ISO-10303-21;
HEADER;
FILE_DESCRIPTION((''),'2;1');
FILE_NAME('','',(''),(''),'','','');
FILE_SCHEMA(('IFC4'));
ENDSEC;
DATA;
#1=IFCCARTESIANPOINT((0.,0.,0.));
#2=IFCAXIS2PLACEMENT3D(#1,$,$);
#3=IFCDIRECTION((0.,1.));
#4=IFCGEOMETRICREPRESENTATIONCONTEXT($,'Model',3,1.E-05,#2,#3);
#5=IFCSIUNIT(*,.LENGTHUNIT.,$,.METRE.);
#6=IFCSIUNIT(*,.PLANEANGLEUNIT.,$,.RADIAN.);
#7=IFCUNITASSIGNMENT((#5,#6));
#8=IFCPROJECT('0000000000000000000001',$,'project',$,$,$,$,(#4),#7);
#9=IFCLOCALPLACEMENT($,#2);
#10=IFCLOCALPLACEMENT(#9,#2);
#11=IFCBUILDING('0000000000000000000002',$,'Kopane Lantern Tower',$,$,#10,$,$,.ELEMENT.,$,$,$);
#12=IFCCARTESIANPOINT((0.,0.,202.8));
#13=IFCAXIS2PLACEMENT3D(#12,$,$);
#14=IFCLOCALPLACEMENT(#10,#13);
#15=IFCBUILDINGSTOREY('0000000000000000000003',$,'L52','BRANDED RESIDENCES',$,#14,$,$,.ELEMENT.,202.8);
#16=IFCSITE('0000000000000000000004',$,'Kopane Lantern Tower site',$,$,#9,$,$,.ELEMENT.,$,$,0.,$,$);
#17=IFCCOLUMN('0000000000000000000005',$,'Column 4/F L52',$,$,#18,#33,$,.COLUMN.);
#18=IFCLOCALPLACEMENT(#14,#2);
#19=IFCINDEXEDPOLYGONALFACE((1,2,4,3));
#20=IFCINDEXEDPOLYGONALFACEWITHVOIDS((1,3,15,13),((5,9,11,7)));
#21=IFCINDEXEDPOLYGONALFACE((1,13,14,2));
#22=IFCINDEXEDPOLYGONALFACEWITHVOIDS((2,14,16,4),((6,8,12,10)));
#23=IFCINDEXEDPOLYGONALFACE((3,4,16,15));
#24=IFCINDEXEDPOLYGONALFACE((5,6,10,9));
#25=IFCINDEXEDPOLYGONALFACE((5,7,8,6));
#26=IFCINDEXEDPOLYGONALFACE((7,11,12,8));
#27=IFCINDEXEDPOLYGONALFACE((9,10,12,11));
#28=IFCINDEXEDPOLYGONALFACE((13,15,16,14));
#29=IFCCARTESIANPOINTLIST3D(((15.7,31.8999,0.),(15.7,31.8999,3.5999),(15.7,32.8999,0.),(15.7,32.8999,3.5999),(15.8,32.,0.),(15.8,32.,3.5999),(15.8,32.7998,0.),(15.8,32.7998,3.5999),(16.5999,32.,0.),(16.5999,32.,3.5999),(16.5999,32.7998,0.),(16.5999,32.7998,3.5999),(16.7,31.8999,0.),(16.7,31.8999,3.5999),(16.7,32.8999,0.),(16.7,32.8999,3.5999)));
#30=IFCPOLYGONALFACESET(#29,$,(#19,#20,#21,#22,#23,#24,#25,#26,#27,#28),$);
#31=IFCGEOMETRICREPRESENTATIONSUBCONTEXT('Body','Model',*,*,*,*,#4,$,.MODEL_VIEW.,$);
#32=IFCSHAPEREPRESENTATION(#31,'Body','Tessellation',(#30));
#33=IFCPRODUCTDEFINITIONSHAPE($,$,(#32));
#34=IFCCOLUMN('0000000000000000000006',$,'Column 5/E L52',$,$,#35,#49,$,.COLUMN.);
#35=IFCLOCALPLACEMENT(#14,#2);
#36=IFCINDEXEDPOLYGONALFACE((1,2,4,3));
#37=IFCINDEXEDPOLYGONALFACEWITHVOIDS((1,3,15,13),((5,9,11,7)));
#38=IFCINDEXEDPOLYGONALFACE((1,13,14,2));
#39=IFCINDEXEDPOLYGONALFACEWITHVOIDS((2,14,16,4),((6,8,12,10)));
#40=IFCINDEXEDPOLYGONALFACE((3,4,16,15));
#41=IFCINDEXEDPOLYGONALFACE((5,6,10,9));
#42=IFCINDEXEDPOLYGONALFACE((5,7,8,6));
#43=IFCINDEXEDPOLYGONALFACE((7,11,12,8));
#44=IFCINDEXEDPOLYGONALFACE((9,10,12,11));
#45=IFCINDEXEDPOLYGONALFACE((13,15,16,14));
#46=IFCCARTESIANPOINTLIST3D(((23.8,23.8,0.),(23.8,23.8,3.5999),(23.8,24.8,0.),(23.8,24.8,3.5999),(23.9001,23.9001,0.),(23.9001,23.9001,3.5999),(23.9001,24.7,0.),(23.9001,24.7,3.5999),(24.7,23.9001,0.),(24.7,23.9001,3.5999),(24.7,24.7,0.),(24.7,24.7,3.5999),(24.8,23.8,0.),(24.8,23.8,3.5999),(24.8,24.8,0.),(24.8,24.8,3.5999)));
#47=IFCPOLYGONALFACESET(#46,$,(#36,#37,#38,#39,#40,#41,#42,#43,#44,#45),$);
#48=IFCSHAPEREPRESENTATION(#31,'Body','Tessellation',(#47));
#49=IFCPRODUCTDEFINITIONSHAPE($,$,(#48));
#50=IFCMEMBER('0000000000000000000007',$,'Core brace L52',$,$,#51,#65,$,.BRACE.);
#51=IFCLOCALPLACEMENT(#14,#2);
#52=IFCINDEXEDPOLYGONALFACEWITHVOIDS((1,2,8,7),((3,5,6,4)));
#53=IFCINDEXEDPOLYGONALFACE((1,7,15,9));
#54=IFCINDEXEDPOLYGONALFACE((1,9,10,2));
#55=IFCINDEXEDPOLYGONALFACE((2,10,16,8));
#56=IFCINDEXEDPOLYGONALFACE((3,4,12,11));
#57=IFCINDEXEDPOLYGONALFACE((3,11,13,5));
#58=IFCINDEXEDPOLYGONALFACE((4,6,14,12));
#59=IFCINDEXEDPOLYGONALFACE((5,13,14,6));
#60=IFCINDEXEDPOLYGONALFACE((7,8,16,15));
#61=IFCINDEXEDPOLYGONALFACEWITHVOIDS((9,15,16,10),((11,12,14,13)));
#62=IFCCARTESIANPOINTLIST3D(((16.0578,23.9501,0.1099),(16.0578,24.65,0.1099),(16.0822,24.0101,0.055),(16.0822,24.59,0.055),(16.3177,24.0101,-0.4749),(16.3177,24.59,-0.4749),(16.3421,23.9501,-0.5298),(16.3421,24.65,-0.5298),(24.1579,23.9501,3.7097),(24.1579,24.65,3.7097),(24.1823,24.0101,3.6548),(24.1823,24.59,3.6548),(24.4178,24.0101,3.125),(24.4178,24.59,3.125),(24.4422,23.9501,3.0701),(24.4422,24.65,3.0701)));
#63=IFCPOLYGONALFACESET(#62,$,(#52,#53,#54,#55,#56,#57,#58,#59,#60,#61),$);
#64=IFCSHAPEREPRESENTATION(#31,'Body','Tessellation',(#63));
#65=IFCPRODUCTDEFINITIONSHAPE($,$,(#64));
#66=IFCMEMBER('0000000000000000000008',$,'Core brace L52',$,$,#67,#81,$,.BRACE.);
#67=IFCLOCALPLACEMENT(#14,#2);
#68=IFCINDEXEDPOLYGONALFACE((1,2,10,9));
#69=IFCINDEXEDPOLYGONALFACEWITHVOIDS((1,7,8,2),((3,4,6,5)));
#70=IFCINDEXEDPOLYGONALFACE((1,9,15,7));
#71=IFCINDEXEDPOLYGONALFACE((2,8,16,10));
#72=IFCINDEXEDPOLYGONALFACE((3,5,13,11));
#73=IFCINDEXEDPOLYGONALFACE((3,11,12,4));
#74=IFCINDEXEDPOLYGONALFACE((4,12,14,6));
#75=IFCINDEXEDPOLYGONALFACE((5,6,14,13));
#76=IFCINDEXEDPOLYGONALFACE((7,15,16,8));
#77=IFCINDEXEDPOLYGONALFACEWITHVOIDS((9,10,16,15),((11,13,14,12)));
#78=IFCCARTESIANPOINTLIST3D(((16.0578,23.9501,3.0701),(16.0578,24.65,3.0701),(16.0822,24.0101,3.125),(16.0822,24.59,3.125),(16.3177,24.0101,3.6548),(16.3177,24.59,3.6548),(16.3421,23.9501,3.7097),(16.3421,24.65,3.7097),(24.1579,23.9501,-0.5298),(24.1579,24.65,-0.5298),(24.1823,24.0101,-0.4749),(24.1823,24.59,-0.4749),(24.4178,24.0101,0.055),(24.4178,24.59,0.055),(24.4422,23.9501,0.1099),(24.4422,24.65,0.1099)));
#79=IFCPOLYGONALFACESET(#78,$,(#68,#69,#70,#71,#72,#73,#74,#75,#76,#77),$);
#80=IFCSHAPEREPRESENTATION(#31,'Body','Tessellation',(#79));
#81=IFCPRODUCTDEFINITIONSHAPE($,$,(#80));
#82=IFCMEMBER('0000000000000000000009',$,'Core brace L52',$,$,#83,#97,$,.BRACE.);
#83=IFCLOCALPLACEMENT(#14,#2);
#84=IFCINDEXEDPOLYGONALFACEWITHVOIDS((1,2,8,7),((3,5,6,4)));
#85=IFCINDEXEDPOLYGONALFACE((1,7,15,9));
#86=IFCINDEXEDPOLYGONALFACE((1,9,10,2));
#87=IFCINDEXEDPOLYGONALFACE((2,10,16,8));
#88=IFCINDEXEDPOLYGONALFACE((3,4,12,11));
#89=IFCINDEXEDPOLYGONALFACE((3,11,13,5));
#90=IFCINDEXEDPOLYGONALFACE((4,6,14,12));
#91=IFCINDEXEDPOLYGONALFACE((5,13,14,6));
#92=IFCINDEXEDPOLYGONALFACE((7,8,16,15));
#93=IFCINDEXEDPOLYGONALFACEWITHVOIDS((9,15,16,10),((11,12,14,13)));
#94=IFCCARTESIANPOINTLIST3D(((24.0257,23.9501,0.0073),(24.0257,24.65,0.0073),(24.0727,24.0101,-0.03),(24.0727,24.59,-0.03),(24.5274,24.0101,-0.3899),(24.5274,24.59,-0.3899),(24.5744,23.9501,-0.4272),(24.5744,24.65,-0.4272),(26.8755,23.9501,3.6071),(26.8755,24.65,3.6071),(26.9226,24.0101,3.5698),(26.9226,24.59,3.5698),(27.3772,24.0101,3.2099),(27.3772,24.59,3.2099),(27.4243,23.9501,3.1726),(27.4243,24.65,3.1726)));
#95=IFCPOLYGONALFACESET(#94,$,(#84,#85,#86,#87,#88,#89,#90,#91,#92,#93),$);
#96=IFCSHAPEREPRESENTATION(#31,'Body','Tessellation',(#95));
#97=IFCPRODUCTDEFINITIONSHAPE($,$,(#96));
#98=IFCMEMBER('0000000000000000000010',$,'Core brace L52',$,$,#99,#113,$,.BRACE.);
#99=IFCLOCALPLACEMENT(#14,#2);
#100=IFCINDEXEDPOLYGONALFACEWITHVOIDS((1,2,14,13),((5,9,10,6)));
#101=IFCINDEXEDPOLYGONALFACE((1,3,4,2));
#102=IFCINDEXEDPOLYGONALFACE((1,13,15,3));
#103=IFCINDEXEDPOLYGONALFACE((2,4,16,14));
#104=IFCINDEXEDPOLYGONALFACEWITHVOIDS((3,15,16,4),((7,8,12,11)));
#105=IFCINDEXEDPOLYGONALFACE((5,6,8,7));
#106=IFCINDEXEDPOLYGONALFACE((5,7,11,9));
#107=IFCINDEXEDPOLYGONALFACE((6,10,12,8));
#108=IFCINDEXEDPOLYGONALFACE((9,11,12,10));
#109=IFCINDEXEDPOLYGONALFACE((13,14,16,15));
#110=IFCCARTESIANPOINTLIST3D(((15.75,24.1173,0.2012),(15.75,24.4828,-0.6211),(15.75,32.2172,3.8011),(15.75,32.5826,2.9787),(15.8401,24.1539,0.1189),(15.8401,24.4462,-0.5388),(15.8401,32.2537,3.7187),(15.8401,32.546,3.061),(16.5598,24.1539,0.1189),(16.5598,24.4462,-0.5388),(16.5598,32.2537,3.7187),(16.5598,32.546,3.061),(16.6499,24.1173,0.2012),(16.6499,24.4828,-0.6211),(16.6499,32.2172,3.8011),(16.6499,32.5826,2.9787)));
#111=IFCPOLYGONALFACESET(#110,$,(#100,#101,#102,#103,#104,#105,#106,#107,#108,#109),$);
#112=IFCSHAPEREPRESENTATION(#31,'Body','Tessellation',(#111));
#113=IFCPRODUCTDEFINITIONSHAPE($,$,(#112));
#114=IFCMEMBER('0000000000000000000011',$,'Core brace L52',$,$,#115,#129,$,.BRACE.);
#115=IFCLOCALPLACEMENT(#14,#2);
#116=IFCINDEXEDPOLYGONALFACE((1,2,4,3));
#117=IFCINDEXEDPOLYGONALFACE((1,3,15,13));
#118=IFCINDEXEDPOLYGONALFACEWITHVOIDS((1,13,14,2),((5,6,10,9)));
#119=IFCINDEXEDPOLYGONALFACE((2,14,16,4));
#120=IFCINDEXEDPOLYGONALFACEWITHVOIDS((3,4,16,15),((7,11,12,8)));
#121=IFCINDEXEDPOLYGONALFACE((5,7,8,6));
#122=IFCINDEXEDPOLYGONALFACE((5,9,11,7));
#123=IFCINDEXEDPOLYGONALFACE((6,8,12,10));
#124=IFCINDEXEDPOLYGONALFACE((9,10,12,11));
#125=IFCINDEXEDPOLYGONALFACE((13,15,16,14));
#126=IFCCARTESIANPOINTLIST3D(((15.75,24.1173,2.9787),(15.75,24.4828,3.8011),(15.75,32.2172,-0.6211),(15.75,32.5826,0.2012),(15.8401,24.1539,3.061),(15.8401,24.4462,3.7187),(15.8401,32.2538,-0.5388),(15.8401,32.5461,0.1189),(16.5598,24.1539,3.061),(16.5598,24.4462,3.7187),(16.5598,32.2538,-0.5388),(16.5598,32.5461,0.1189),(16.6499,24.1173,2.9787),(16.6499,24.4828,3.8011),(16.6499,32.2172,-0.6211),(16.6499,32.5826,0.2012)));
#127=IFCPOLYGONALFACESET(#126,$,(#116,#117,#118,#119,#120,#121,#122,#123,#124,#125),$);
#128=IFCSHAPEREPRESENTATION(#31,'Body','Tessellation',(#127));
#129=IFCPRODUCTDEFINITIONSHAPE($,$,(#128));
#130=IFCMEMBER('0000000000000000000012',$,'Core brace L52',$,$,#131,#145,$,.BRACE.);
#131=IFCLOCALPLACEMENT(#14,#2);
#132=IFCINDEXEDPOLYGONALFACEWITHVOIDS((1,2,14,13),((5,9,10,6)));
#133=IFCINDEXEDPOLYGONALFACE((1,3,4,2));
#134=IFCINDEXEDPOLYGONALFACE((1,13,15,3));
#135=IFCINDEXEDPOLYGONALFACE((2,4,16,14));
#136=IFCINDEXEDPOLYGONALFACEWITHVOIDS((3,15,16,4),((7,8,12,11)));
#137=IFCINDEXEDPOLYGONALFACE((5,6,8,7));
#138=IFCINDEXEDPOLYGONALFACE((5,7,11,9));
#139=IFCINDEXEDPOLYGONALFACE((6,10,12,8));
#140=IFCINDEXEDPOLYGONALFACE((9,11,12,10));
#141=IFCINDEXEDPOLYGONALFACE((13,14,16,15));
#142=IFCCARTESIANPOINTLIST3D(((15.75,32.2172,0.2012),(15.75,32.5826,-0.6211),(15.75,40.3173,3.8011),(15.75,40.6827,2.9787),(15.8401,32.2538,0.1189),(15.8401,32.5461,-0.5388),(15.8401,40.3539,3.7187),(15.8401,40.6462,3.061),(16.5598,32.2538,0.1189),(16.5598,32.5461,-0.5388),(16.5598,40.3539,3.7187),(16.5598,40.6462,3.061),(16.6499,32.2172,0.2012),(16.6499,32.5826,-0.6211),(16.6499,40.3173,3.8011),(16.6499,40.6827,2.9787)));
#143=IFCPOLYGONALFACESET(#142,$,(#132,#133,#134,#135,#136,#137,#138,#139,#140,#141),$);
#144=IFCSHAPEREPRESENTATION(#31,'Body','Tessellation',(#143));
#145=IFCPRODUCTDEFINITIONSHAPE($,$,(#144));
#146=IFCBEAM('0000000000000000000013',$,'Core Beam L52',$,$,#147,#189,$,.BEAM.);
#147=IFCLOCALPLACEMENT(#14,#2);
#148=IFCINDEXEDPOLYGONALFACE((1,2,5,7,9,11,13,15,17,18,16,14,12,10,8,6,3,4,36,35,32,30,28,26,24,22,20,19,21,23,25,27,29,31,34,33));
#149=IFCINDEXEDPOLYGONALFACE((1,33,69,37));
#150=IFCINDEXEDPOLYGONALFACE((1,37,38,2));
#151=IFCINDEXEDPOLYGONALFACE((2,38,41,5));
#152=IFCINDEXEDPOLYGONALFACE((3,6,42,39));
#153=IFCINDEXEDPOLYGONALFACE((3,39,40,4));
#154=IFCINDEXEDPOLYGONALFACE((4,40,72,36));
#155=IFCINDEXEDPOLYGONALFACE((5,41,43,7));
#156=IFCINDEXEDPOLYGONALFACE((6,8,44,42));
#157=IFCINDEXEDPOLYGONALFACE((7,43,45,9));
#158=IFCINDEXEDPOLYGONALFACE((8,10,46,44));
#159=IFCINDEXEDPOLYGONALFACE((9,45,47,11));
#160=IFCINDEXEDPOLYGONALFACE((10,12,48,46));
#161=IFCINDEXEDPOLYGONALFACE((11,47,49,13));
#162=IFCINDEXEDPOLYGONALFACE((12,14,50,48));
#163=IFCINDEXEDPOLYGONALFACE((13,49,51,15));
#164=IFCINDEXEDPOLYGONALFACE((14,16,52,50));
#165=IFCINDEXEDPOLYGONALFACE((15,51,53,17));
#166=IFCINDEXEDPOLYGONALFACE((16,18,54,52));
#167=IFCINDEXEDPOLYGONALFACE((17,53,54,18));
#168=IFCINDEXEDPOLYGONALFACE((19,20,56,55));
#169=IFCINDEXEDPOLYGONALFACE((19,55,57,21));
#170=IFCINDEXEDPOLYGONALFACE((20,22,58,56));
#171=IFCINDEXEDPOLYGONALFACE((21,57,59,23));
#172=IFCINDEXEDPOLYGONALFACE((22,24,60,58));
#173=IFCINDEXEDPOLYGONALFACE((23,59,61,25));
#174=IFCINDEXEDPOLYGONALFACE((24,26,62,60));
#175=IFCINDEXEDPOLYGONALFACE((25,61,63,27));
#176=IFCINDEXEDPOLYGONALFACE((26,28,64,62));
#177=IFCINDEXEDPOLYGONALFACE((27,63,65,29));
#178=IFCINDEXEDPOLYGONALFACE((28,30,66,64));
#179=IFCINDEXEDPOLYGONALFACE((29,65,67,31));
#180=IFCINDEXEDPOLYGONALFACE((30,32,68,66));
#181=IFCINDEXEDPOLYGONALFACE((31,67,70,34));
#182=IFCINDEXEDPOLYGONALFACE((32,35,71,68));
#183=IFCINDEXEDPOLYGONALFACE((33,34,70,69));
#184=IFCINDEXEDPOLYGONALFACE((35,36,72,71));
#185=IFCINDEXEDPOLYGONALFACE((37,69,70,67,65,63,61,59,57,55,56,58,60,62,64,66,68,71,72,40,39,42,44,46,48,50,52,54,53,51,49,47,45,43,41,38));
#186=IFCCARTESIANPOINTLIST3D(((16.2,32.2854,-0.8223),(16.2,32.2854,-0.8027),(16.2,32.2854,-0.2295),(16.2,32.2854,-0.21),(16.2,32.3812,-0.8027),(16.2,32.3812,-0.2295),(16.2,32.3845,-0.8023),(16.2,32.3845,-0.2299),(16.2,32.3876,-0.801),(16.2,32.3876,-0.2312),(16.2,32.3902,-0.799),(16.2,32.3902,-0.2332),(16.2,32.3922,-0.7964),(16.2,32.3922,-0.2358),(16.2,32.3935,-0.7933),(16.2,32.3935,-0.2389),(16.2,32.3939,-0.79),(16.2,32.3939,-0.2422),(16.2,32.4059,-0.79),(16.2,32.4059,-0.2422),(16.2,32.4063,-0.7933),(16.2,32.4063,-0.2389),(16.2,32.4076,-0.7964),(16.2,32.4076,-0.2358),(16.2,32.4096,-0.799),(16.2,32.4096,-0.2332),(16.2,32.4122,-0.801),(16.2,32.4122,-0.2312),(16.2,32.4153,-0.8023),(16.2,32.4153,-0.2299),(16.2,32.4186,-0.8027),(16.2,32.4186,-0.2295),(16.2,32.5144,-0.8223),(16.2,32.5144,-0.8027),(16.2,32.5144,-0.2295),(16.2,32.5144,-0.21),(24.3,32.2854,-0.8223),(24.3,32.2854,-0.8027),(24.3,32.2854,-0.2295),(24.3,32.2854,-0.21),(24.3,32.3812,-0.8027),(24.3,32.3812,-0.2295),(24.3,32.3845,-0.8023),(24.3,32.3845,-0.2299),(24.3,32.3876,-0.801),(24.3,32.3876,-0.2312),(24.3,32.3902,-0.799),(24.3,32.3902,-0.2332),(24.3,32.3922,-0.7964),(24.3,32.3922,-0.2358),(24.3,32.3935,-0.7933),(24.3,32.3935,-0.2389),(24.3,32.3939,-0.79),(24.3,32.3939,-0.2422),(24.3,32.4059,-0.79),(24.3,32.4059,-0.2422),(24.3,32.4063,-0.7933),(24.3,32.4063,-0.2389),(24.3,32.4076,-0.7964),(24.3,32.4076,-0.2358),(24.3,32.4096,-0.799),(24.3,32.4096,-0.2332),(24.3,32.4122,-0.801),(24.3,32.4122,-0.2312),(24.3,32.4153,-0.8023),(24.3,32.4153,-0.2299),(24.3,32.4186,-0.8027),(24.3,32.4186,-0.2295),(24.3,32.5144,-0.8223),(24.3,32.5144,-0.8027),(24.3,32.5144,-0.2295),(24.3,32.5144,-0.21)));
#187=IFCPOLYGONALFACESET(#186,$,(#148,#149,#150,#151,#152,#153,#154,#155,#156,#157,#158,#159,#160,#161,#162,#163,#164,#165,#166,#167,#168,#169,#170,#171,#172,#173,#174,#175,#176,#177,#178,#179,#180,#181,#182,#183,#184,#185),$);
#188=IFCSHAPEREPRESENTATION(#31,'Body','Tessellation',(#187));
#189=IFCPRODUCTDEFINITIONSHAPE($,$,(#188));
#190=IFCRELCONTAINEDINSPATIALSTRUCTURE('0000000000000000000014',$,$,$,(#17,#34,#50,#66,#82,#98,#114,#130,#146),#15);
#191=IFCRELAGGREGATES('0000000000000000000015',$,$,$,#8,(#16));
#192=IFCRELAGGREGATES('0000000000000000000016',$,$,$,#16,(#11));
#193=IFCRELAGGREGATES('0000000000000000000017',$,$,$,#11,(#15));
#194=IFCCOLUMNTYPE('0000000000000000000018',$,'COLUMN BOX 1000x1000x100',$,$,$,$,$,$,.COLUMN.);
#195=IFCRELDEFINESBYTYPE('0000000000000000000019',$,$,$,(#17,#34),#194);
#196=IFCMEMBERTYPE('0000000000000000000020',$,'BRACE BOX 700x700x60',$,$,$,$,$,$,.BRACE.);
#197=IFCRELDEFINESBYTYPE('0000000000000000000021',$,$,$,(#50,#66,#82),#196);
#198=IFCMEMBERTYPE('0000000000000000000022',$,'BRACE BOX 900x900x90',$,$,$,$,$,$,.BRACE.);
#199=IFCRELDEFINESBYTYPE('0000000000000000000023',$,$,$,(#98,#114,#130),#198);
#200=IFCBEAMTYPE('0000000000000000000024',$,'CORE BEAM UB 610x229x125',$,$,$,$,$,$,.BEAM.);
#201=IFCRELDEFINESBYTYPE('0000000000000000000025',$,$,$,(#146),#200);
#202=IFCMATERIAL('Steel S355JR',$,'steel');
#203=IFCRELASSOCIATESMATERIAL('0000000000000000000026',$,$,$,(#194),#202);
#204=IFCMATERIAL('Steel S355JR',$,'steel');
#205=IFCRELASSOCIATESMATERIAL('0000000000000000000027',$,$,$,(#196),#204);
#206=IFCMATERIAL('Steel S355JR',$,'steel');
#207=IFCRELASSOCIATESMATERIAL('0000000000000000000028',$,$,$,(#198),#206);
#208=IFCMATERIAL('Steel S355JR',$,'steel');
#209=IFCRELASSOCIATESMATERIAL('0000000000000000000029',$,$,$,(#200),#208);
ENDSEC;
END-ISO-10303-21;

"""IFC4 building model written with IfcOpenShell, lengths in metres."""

from ifc_helpers import new_model, si_unit, direction, frame, origin, origin_2d, place, context, subcontext, project, spatial, hollow_rectangle, i_section, extrude, material, material_profile, profile_set, type_object, element, save


model = new_model("IFC4")

# Units and contexts
model_context = context("Model", 3, precision=1e-05, world=origin(), true_north=direction((0.0, 1.0)))
body_context = subcontext(model_context, "Body", "Model", "MODEL_VIEW")
ifc_project = project(units=[si_unit("LENGTHUNIT", "METRE"), si_unit("PLANEANGLEUNIT", "RADIAN")], contexts=[model_context])

# Site, building, storey
site_placement = place(None, origin())
site = spatial("IfcSite", under=ifc_project, at=site_placement, Name="Kopane Lantern Tower site", CompositionType="ELEMENT", RefElevation=0.0)
building_placement = place(site_placement, origin())
building = spatial("IfcBuilding", under=site, at=building_placement, Name="Kopane Lantern Tower", CompositionType="ELEMENT")
storey_placement = place(building_placement, frame((0.0, 0.0, 202.8)))
storey = spatial("IfcBuildingStorey", under=building, at=storey_placement, Name="L52", Description="BRANDED RESIDENCES", CompositionType="ELEMENT", Elevation=202.8)

# Columns
ifc_material_1 = material(Name="Steel S355JR", Category="steel")
ifc_material_profile_1 = material_profile(ifc_material_1, hollow_rectangle(XDim=1.0, YDim=1.0, WallThickness=0.1001, at=origin_2d()), Name="BOX 1000x1000x100")
ifc_profile_set_1 = profile_set([ifc_material_profile_1], Name="Steel S355JR")
column_type = type_object("IfcColumnType", Name="COLUMN BOX 1000x1000x100", PredefinedType="COLUMN", material=ifc_profile_set_1)
for number, where, z_axis, x_axis, name in (
    (1, (16.2, 32.3999, 0.0), (0.0, 0.0, 1.0), (1.0, 0.0, 0.0), "Column 4/F L52"),
    (2, (24.3, 24.3, 0.0), (0.0, 0.0, 1.0), (1.0, 0.0, 0.0), "Column 5/E L52"),
):
    element("IfcColumn", number, at=place(storey_placement, frame(where, z_axis=z_axis, x_axis=x_axis)), inside=storey, type_object=column_type, Name=name, PredefinedType="COLUMN", context=body_context, shape_type="SweptSolid", body=[
        extrude(hollow_rectangle(XDim=1.0, YDim=1.0, WallThickness=0.1001, at=origin_2d()), origin(), (0.0, 0.0, 1.0), 3.5999),
    ])

# Members
ifc_material_2 = material(Name="Steel S355JR", Category="steel")
ifc_material_profile_2 = material_profile(ifc_material_2, hollow_rectangle(XDim=0.7, YDim=0.7, WallThickness=0.0601, at=origin_2d()), Name="BOX 700x700x60")
ifc_profile_set_2 = profile_set([ifc_material_profile_2], Name="Steel S355JR")
member_type_1 = type_object("IfcMemberType", Name="BRACE BOX 700x700x60", PredefinedType="BRACE", material=ifc_profile_set_2)
for number, where, z_axis, x_axis, name in (
    (3, (16.2, 24.3, -0.21), (0.913819, 0.0, 0.406121), (0.0, 1.0, 0.0), "Core brace L52"),
    (4, (24.3, 24.3, -0.21), (-0.913819, 0.0, 0.406121), (0.0, -1.0, 0.0), "Core brace L52"),
):
    element("IfcMember", number, at=place(storey_placement, frame(where, z_axis=z_axis, x_axis=x_axis)), inside=storey, type_object=member_type_1, Name=name, PredefinedType="BRACE", context=body_context, shape_type="SweptSolid", body=[
        extrude(hollow_rectangle(XDim=0.7, YDim=0.7, WallThickness=0.0601, at=origin_2d()), origin(), (0.0, 0.0, 1.0), 8.864),
    ])
member_1_placement = place(storey_placement, frame((24.3, 24.3, -0.21), z_axis=(0.620699, 0.0, 0.784049), x_axis=(0.0, 1.0, 0.0)))
element("IfcMember", 5, at=member_1_placement, inside=storey, type_object=member_type_1, Name="Core brace L52", PredefinedType="BRACE", context=body_context, shape_type="SweptSolid", body=[
    extrude(hollow_rectangle(XDim=0.7, YDim=0.7, WallThickness=0.0601, at=origin_2d()), origin(), (0.0, 0.0, 1.0), 4.5913),
])
ifc_material_3 = material(Name="Steel S355JR", Category="steel")
ifc_material_profile_3 = material_profile(ifc_material_3, hollow_rectangle(XDim=0.8999, YDim=0.8999, WallThickness=0.0901, at=origin_2d()), Name="BOX 900x900x90")
ifc_profile_set_3 = profile_set([ifc_material_profile_3], Name="Steel S355JR")
member_type_2 = type_object("IfcMemberType", Name="BRACE BOX 900x900x90", PredefinedType="BRACE", material=ifc_profile_set_3)
for number, where, z_axis, x_axis, name in (
    (6, (16.2, 24.3, -0.21), (0.0, 0.913815, 0.406131), (-1.0, 0.0, 0.0), "Core brace L52"),
    (7, (16.2, 32.3999, -0.21), (0.0, -0.913815, 0.406131), (1.0, 0.0, 0.0), "Core brace L52"),
):
    element("IfcMember", number, at=place(storey_placement, frame(where, z_axis=z_axis, x_axis=x_axis)), inside=storey, type_object=member_type_2, Name=name, PredefinedType="BRACE", context=body_context, shape_type="SweptSolid", body=[
        extrude(hollow_rectangle(XDim=0.8999, YDim=0.8999, WallThickness=0.0901, at=origin_2d()), origin(), (0.0, 0.0, 1.0), 8.8638),
    ])
member_2_placement = place(storey_placement, frame((16.2, 32.3999, -0.21), z_axis=(0.0, 0.913819, 0.406121), x_axis=(-1.0, 0.0, 0.0)))
element("IfcMember", 8, at=member_2_placement, inside=storey, type_object=member_type_2, Name="Core brace L52", PredefinedType="BRACE", context=body_context, shape_type="SweptSolid", body=[
    extrude(hollow_rectangle(XDim=0.8999, YDim=0.8999, WallThickness=0.0901, at=origin_2d()), origin(), (0.0, 0.0, 1.0), 8.864),
])

# Beam
ifc_material_4 = material(Name="Steel S355JR", Category="steel")
ifc_material_profile_4 = material_profile(ifc_material_4, i_section(OverallWidth=0.229, OverallDepth=0.6123, WebThickness=0.012, FlangeThickness=0.0195, FilletRadius=0.0127, at=origin_2d()), Name="UB 610x229x125")
ifc_profile_set_4 = profile_set([ifc_material_profile_4], Name="Steel S355JR")
beam_type_1 = type_object("IfcBeamType", Name="CORE BEAM UB 610x229x125", PredefinedType="BEAM", material=ifc_profile_set_4)
beam_1_placement = place(storey_placement, frame((16.2, 32.3999, -0.5161), z_axis=(1.0, 0.0, 0.0), x_axis=(0.0, 1.0, 0.0)))
element("IfcBeam", 9, at=beam_1_placement, inside=storey, type_object=beam_type_1, Name="Core Beam L52", PredefinedType="BEAM", context=body_context, shape_type="SweptSolid", body=[
    extrude(i_section(OverallWidth=0.229, OverallDepth=0.6123, WebThickness=0.012, FlangeThickness=0.0195, FilletRadius=0.0127, at=origin_2d()), origin(), (0.0, 0.0, 1.0), 8.1001),
])

save(model, "model.ifc")
